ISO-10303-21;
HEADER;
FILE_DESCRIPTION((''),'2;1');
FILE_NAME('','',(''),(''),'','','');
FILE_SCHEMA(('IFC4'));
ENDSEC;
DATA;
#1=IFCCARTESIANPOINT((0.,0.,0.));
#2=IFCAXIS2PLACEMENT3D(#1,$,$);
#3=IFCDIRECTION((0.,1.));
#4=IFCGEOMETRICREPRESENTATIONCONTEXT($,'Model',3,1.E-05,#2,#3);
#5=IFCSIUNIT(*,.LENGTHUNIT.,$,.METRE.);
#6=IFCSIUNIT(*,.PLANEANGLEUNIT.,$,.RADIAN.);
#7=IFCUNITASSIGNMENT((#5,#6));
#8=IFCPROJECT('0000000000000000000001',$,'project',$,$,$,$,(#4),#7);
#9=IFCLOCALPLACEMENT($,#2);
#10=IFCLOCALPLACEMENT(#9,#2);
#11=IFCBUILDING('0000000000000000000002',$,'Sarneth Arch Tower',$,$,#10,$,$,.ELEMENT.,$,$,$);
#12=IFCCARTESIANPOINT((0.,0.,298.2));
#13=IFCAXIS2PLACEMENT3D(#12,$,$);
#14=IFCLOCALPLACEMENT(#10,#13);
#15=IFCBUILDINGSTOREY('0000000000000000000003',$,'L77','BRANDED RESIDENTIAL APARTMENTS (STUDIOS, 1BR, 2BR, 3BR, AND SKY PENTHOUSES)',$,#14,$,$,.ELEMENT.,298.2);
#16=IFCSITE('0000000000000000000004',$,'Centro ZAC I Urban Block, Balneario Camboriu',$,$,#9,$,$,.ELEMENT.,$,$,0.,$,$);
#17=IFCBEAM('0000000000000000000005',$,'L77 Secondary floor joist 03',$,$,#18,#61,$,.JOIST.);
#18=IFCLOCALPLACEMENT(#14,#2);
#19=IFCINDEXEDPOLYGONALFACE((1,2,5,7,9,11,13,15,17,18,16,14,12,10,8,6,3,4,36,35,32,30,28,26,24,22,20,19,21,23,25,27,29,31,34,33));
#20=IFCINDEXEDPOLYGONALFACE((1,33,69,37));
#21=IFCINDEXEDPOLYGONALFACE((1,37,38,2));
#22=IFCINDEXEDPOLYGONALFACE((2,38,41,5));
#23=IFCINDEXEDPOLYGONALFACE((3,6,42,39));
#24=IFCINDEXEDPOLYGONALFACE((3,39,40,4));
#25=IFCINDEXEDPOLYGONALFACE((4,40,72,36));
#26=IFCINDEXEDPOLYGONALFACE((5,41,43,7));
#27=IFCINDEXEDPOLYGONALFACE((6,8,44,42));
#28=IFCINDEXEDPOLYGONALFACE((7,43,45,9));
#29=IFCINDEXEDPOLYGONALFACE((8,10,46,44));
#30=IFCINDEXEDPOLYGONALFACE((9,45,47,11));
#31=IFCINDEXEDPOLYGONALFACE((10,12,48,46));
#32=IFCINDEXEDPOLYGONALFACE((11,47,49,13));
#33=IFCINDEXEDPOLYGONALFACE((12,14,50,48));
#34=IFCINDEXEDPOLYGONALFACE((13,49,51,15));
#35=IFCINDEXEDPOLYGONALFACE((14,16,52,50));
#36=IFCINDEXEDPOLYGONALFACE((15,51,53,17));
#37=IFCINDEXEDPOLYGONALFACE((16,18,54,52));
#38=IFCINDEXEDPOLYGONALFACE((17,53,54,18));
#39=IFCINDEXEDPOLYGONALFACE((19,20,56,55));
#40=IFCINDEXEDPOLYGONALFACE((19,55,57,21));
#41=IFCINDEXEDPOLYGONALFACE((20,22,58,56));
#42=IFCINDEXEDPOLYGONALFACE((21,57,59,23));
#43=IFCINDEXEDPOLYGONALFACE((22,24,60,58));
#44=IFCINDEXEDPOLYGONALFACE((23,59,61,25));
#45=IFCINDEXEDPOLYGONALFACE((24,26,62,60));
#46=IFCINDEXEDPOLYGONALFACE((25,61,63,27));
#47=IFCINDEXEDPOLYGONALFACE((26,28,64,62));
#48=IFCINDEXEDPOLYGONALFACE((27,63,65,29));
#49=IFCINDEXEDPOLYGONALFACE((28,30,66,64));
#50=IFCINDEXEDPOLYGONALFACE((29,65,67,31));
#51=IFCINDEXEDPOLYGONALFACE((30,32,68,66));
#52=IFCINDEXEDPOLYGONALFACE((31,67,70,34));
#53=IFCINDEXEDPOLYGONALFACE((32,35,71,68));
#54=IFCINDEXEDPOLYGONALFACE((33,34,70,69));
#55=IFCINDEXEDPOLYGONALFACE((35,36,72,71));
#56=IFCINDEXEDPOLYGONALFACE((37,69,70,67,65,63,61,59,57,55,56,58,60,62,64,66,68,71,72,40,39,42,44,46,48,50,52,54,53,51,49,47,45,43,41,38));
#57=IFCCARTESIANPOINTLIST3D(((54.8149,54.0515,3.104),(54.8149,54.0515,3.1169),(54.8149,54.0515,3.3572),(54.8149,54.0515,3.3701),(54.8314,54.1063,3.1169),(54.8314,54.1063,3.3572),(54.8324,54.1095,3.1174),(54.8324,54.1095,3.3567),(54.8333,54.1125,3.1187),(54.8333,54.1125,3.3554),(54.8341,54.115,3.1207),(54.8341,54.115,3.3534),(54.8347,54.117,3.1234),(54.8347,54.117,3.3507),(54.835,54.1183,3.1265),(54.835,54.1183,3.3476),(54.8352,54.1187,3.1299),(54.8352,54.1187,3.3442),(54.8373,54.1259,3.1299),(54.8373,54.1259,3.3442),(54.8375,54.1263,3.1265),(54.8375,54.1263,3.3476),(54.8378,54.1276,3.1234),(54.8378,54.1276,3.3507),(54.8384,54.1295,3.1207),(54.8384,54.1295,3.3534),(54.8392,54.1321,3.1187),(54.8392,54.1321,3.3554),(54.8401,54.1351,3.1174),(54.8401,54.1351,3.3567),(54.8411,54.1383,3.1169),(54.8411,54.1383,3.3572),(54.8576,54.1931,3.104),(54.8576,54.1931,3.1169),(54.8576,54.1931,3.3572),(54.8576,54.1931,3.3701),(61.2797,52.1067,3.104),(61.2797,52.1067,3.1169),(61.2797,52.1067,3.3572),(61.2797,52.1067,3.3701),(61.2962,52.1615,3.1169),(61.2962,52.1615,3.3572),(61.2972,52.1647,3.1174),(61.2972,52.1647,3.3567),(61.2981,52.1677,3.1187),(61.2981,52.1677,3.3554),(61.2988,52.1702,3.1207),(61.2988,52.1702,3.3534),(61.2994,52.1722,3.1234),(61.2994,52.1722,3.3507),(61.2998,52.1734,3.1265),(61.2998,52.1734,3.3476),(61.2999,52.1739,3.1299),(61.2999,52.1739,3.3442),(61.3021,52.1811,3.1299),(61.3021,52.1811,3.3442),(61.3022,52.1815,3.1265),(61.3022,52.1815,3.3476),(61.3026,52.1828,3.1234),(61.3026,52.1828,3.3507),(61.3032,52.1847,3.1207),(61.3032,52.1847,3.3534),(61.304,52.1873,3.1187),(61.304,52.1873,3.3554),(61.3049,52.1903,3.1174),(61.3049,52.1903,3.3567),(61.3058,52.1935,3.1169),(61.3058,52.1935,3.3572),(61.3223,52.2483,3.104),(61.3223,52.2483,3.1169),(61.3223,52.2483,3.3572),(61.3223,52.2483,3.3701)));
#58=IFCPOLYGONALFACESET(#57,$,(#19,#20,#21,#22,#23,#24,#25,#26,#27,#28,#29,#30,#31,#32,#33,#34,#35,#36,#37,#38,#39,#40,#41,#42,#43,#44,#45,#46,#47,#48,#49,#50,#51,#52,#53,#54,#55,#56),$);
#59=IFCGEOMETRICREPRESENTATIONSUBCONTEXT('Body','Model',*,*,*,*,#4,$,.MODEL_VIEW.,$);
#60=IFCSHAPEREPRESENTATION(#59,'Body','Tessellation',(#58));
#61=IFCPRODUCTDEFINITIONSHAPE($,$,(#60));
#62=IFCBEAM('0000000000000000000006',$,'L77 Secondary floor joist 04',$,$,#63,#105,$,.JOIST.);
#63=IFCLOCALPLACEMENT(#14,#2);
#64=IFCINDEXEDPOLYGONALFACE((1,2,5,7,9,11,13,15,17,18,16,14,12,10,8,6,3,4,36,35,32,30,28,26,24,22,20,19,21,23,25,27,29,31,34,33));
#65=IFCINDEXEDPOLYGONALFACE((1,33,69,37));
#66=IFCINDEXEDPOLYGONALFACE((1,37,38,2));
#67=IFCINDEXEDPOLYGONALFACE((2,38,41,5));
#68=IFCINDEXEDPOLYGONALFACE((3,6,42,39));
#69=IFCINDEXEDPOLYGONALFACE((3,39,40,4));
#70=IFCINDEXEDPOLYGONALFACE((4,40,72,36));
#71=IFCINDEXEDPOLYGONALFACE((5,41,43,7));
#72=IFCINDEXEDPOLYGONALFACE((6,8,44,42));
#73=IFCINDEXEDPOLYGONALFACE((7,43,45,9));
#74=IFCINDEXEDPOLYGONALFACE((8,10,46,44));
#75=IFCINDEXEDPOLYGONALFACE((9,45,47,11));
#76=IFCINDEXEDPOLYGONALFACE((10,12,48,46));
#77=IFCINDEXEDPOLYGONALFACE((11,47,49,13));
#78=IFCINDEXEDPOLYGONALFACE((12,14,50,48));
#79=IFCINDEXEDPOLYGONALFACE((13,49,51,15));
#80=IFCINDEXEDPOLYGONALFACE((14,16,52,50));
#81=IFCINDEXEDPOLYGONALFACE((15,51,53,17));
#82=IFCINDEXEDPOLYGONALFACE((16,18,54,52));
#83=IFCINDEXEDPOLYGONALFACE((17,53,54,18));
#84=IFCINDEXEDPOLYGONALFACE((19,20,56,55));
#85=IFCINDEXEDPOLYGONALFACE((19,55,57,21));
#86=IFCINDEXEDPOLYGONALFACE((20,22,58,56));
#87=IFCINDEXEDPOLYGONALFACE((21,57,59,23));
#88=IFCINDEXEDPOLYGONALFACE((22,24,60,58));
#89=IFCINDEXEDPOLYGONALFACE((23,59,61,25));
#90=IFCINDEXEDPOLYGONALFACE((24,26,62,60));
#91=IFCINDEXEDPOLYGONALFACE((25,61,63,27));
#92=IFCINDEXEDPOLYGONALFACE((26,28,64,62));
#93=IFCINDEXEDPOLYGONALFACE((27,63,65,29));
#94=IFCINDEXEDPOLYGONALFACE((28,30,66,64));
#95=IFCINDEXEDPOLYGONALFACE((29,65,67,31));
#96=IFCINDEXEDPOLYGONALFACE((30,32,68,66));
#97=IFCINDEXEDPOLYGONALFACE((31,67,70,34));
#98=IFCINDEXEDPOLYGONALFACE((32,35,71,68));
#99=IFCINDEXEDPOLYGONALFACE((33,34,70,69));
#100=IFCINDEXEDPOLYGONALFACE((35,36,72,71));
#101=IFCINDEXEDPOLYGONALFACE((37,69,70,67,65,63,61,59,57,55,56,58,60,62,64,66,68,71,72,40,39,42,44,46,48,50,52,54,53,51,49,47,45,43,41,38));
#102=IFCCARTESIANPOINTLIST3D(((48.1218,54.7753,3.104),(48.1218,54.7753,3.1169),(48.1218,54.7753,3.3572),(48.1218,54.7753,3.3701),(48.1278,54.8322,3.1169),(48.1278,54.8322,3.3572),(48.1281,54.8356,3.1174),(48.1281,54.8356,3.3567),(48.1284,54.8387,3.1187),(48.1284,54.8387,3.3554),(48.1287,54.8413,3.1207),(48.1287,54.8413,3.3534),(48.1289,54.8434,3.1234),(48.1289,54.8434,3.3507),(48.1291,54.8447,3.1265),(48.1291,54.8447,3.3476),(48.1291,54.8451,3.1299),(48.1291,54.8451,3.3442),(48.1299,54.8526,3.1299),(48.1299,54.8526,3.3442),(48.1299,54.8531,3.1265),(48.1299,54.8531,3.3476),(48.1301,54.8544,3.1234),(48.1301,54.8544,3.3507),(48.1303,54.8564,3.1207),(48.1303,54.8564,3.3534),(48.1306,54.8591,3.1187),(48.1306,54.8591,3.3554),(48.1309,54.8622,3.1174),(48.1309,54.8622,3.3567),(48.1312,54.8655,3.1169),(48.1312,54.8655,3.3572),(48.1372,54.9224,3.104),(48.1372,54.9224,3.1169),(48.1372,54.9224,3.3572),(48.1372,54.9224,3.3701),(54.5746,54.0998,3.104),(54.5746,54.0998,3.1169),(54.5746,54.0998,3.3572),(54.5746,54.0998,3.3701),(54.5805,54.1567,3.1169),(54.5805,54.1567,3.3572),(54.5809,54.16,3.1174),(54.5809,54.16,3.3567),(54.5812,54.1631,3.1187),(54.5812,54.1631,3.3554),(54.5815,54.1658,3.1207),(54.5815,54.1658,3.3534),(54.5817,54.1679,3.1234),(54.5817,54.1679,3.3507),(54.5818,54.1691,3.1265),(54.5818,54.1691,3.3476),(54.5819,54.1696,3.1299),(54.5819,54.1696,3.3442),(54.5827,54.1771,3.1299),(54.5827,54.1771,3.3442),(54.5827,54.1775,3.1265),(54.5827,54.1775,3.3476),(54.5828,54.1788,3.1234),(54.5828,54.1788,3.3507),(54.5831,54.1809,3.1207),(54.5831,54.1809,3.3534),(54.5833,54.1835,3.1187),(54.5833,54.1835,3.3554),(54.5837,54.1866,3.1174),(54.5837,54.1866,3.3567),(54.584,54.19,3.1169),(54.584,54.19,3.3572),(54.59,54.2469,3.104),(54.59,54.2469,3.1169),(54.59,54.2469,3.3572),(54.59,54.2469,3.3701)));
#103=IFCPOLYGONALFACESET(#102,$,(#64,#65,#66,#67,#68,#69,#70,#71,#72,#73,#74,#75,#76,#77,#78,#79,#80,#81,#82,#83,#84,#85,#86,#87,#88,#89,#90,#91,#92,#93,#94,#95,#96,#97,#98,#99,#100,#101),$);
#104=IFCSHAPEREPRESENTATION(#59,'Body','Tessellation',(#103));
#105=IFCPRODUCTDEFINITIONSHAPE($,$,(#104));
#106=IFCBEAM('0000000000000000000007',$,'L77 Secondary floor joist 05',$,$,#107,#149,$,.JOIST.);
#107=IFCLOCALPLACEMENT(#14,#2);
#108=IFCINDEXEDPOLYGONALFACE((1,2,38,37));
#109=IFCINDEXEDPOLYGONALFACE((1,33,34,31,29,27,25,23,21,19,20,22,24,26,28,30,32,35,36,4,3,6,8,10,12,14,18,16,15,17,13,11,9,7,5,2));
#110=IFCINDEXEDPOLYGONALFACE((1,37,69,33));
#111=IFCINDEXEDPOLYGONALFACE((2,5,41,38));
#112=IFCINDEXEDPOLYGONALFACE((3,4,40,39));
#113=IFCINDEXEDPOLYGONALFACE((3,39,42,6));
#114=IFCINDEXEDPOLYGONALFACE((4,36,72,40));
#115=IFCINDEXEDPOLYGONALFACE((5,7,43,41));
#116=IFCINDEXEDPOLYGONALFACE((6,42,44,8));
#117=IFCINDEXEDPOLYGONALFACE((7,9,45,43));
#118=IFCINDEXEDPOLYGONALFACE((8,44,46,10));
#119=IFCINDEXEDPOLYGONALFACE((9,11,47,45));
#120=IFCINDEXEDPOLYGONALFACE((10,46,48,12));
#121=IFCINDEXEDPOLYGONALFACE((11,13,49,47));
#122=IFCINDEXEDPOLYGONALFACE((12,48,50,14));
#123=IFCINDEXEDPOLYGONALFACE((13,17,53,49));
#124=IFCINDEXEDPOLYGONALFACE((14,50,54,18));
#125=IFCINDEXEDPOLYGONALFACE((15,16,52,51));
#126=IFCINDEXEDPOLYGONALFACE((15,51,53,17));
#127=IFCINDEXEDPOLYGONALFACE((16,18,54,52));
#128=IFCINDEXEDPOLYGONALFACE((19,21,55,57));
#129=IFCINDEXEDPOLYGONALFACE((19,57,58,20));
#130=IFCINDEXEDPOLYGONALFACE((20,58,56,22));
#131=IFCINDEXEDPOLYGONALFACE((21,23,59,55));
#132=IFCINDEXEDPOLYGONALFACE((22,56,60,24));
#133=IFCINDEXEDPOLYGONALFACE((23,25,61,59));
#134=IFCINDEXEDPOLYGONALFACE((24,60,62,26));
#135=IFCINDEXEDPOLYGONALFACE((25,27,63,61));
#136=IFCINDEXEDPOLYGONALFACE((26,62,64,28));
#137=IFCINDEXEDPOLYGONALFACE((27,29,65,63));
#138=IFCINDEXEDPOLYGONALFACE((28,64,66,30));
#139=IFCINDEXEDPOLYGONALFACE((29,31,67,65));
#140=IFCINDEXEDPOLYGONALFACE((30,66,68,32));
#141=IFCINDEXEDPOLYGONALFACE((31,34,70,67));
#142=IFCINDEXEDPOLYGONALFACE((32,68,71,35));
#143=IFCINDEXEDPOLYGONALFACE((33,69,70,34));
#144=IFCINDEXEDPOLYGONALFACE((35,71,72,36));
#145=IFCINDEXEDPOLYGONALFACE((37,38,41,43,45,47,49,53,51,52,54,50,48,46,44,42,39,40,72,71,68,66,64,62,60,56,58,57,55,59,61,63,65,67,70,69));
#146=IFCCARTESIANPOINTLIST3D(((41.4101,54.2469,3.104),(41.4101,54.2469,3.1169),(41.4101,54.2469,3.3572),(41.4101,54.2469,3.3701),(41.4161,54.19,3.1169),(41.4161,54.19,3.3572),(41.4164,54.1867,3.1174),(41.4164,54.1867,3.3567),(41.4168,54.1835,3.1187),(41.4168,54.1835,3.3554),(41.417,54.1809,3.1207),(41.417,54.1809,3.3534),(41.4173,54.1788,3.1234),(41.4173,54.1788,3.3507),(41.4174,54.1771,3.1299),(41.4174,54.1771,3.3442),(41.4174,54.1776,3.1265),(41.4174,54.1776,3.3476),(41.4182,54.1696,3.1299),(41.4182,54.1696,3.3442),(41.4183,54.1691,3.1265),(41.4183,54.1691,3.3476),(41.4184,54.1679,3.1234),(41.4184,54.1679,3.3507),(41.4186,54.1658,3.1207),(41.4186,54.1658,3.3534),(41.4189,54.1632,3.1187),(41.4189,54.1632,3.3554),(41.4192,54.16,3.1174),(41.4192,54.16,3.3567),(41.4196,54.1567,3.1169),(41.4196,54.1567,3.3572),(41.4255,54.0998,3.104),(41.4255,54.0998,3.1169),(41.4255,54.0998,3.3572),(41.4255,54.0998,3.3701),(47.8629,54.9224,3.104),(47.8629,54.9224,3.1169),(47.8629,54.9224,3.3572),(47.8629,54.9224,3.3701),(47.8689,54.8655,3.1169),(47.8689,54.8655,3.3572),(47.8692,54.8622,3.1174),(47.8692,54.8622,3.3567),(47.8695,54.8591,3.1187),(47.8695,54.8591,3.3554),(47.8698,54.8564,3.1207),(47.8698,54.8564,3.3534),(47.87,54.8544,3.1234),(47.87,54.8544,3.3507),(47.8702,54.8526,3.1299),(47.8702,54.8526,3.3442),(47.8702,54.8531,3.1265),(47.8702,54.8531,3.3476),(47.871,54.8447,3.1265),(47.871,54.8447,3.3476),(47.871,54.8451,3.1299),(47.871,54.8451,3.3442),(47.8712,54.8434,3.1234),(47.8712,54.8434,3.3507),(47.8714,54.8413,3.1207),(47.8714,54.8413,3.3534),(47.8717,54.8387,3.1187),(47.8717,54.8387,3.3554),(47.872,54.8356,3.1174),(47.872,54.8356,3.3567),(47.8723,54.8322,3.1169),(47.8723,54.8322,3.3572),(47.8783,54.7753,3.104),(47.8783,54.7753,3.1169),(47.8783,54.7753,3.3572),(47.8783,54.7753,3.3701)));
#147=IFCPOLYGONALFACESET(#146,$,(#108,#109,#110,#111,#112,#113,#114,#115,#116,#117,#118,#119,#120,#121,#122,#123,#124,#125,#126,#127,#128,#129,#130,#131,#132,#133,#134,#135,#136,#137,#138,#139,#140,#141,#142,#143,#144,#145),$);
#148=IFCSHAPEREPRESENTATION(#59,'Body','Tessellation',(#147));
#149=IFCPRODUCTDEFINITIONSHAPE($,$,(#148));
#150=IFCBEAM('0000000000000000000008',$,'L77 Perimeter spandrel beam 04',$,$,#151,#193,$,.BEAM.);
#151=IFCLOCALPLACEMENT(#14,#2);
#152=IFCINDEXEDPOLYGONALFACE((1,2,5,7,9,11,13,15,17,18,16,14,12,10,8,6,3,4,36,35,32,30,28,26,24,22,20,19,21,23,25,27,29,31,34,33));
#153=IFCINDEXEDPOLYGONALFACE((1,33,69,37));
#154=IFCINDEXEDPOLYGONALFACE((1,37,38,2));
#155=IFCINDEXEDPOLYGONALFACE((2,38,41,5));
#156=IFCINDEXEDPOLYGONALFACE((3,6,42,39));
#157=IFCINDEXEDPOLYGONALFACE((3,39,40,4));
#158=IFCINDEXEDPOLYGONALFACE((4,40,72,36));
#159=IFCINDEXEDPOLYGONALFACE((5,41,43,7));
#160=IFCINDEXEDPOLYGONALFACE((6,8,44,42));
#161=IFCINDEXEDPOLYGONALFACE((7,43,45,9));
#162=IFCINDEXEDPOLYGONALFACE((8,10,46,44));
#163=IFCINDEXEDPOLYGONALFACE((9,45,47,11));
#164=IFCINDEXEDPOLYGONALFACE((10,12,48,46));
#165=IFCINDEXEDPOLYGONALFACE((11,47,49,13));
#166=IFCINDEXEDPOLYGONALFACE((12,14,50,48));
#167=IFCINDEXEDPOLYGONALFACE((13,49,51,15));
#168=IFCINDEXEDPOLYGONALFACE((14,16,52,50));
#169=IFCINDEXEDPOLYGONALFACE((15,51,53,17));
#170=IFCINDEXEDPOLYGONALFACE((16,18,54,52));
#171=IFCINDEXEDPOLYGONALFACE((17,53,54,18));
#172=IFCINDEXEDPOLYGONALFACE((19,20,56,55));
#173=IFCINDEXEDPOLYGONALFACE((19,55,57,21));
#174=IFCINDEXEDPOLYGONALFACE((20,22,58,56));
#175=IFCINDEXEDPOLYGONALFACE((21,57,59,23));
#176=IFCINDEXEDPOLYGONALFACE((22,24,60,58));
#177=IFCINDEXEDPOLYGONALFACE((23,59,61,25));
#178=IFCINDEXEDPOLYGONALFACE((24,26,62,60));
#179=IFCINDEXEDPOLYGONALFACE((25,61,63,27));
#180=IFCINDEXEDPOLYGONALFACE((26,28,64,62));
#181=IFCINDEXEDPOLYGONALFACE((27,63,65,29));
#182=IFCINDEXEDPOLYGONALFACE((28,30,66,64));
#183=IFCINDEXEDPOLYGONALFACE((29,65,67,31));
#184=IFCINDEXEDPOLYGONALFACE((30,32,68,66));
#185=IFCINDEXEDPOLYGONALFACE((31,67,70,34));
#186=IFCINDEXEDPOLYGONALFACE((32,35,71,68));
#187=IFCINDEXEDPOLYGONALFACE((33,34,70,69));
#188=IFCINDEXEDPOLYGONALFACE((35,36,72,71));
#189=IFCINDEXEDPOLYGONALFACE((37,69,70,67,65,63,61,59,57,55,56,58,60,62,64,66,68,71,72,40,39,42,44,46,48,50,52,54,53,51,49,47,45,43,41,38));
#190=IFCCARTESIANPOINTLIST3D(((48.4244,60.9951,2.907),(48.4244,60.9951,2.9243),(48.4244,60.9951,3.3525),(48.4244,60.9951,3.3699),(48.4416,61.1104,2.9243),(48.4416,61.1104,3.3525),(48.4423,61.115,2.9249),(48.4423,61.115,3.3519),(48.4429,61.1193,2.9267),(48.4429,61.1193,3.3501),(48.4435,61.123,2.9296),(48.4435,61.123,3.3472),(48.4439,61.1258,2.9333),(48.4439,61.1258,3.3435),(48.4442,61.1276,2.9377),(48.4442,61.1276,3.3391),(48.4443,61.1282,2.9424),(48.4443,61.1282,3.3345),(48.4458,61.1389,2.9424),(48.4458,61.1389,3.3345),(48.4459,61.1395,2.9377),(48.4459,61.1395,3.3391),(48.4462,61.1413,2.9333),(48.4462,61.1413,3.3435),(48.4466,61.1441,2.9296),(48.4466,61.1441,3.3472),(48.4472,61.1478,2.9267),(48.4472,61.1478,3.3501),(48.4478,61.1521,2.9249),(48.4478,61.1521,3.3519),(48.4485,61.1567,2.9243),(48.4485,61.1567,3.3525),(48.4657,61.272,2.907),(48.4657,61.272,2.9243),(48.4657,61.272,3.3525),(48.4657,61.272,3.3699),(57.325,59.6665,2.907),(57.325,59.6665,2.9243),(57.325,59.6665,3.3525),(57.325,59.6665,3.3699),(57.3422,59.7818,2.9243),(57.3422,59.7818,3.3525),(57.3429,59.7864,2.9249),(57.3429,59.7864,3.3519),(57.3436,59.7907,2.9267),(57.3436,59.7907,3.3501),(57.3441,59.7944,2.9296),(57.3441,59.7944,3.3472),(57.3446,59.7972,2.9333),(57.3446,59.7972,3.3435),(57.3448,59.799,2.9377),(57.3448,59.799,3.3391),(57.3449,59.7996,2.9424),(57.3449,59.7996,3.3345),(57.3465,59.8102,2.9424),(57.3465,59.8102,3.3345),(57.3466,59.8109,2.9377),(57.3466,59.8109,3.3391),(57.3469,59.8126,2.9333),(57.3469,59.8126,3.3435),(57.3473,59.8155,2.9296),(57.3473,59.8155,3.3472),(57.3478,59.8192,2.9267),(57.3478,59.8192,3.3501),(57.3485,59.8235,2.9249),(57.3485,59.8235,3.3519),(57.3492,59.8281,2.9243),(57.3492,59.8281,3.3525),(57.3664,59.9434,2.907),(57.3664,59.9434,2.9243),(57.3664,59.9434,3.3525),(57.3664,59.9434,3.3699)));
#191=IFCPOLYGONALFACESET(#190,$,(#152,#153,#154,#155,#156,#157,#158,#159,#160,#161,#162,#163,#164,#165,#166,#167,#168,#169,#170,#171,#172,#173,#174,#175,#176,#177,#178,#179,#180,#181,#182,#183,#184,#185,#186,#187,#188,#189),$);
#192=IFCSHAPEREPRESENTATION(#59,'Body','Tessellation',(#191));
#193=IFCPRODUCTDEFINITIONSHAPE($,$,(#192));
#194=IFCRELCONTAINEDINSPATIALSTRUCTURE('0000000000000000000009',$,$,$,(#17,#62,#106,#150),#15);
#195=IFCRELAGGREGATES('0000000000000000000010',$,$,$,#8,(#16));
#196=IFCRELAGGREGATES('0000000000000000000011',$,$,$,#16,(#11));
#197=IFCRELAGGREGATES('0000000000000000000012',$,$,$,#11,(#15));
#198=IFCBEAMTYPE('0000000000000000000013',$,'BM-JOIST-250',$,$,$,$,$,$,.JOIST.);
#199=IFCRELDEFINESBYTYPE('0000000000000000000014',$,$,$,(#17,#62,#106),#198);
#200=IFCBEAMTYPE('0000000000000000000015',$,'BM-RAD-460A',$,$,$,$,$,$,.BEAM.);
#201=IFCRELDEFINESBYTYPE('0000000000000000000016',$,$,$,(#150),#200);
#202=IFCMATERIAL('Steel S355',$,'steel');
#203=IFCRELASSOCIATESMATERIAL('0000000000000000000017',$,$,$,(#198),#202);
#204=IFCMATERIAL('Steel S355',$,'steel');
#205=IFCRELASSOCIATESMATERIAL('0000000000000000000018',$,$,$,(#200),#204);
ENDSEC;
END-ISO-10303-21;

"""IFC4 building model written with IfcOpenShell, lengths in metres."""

from ifc_helpers import new_model, si_unit, direction, frame, origin, origin_2d, place, context, subcontext, project, spatial, i_section, extrude, material, material_profile, profile_set, type_object, element, save


model = new_model("IFC4")

# Units and contexts
model_context = context("Model", 3, precision=1e-05, world=origin(), true_north=direction((0.0, 1.0)))
body_context = subcontext(model_context, "Body", "Model", "MODEL_VIEW")
ifc_project = project(units=[si_unit("LENGTHUNIT", "METRE"), si_unit("PLANEANGLEUNIT", "RADIAN")], contexts=[model_context])

# Site, building, storey
site_placement = place(None, origin())
site = spatial("IfcSite", under=ifc_project, at=site_placement, Name="Centro ZAC I Urban Block, Balneario Camboriu", CompositionType="ELEMENT", RefElevation=0.0)
building_placement = place(site_placement, origin())
building = spatial("IfcBuilding", under=site, at=building_placement, Name="Sarneth Arch Tower", CompositionType="ELEMENT")
storey_placement = place(building_placement, frame((0.0, 0.0, 298.2)))
storey = spatial("IfcBuildingStorey", under=building, at=storey_placement, Name="L77", Description="BRANDED RESIDENTIAL APARTMENTS (STUDIOS, 1BR, 2BR, 3BR, AND SKY PENTHOUSES)", CompositionType="ELEMENT", Elevation=298.2)

# Beams
ifc_material_1 = material(Name="Steel S355", Category="steel")
ifc_material_profile_1 = material_profile(ifc_material_1, i_section(OverallWidth=0.1479, OverallDepth=0.2661, WebThickness=0.0076, FlangeThickness=0.0129, FilletRadius=0.0129, at=origin_2d()), Name="W250x44.8")
ifc_profile_set_1 = profile_set([ifc_material_profile_1], Name="Steel S355")
beam_type_1 = type_object("IfcBeamType", Name="BM-JOIST-250", PredefinedType="JOIST", material=ifc_profile_set_1)
beam_1_placement = place(storey_placement, frame((61.301, 52.1775, 3.2371), z_axis=(-0.957607, 0.288078, 0.0), x_axis=(-0.288078, -0.957607, 0.0)))
element("IfcBeam", 1, at=beam_1_placement, inside=storey, type_object=beam_type_1, Name="L77 Secondary floor joist 03", PredefinedType="JOIST", context=body_context, shape_type="SweptSolid", body=[
    extrude(i_section(OverallWidth=0.1479, OverallDepth=0.2661, WebThickness=0.0076, FlangeThickness=0.0129, FilletRadius=0.0129, at=origin_2d()), origin(), (0.0, 0.0, 1.0), 6.751),
])
for number, where, z_axis, x_axis, name in (
    (2, (54.5823, 54.1733, 3.2371), (-0.994565, 0.104119, 0.0), (-0.104119, -0.994565, 0.0), "L77 Secondary floor joist 04"),
    (3, (47.8706, 54.8489, 3.2371), (-0.994565, -0.104119, 0.0), (0.104119, -0.994565, 0.0), "L77 Secondary floor joist 05"),
):
    element("IfcBeam", number, at=place(storey_placement, frame(where, z_axis=z_axis, x_axis=x_axis)), inside=storey, type_object=beam_type_1, Name=name, PredefinedType="JOIST", context=body_context, shape_type="SweptSolid", body=[
        extrude(i_section(OverallWidth=0.1479, OverallDepth=0.2661, WebThickness=0.0076, FlangeThickness=0.0129, FilletRadius=0.0129, at=origin_2d()), origin(), (0.0, 0.0, 1.0), 6.488),
    ])
ifc_material_2 = material(Name="Steel S355", Category="steel")
ifc_material_profile_2 = material_profile(ifc_material_2, i_section(OverallWidth=0.28, OverallDepth=0.4629, WebThickness=0.0107, FlangeThickness=0.0173, FilletRadius=0.0181, at=origin_2d()), Name="W460x113")
ifc_profile_set_2 = profile_set([ifc_material_profile_2], Name="Steel S355")
beam_type_2 = type_object("IfcBeamType", Name="BM-RAD-460A", PredefinedType="BEAM", material=ifc_profile_set_2)
beam_2_placement = place(storey_placement, frame((57.3457, 59.8049, 3.1384), z_axis=(-0.989042, 0.147636, 0.0), x_axis=(-0.147636, -0.989042, 0.0)))
element("IfcBeam", 4, at=beam_2_placement, inside=storey, type_object=beam_type_2, Name="L77 Perimeter spandrel beam 04", PredefinedType="BEAM", context=body_context, shape_type="SweptSolid", body=[
    extrude(i_section(OverallWidth=0.28, OverallDepth=0.4629, WebThickness=0.0107, FlangeThickness=0.0173, FilletRadius=0.0181, at=origin_2d()), origin(), (0.0, 0.0, 1.0), 8.9993),
])

save(model, "model.ifc")
